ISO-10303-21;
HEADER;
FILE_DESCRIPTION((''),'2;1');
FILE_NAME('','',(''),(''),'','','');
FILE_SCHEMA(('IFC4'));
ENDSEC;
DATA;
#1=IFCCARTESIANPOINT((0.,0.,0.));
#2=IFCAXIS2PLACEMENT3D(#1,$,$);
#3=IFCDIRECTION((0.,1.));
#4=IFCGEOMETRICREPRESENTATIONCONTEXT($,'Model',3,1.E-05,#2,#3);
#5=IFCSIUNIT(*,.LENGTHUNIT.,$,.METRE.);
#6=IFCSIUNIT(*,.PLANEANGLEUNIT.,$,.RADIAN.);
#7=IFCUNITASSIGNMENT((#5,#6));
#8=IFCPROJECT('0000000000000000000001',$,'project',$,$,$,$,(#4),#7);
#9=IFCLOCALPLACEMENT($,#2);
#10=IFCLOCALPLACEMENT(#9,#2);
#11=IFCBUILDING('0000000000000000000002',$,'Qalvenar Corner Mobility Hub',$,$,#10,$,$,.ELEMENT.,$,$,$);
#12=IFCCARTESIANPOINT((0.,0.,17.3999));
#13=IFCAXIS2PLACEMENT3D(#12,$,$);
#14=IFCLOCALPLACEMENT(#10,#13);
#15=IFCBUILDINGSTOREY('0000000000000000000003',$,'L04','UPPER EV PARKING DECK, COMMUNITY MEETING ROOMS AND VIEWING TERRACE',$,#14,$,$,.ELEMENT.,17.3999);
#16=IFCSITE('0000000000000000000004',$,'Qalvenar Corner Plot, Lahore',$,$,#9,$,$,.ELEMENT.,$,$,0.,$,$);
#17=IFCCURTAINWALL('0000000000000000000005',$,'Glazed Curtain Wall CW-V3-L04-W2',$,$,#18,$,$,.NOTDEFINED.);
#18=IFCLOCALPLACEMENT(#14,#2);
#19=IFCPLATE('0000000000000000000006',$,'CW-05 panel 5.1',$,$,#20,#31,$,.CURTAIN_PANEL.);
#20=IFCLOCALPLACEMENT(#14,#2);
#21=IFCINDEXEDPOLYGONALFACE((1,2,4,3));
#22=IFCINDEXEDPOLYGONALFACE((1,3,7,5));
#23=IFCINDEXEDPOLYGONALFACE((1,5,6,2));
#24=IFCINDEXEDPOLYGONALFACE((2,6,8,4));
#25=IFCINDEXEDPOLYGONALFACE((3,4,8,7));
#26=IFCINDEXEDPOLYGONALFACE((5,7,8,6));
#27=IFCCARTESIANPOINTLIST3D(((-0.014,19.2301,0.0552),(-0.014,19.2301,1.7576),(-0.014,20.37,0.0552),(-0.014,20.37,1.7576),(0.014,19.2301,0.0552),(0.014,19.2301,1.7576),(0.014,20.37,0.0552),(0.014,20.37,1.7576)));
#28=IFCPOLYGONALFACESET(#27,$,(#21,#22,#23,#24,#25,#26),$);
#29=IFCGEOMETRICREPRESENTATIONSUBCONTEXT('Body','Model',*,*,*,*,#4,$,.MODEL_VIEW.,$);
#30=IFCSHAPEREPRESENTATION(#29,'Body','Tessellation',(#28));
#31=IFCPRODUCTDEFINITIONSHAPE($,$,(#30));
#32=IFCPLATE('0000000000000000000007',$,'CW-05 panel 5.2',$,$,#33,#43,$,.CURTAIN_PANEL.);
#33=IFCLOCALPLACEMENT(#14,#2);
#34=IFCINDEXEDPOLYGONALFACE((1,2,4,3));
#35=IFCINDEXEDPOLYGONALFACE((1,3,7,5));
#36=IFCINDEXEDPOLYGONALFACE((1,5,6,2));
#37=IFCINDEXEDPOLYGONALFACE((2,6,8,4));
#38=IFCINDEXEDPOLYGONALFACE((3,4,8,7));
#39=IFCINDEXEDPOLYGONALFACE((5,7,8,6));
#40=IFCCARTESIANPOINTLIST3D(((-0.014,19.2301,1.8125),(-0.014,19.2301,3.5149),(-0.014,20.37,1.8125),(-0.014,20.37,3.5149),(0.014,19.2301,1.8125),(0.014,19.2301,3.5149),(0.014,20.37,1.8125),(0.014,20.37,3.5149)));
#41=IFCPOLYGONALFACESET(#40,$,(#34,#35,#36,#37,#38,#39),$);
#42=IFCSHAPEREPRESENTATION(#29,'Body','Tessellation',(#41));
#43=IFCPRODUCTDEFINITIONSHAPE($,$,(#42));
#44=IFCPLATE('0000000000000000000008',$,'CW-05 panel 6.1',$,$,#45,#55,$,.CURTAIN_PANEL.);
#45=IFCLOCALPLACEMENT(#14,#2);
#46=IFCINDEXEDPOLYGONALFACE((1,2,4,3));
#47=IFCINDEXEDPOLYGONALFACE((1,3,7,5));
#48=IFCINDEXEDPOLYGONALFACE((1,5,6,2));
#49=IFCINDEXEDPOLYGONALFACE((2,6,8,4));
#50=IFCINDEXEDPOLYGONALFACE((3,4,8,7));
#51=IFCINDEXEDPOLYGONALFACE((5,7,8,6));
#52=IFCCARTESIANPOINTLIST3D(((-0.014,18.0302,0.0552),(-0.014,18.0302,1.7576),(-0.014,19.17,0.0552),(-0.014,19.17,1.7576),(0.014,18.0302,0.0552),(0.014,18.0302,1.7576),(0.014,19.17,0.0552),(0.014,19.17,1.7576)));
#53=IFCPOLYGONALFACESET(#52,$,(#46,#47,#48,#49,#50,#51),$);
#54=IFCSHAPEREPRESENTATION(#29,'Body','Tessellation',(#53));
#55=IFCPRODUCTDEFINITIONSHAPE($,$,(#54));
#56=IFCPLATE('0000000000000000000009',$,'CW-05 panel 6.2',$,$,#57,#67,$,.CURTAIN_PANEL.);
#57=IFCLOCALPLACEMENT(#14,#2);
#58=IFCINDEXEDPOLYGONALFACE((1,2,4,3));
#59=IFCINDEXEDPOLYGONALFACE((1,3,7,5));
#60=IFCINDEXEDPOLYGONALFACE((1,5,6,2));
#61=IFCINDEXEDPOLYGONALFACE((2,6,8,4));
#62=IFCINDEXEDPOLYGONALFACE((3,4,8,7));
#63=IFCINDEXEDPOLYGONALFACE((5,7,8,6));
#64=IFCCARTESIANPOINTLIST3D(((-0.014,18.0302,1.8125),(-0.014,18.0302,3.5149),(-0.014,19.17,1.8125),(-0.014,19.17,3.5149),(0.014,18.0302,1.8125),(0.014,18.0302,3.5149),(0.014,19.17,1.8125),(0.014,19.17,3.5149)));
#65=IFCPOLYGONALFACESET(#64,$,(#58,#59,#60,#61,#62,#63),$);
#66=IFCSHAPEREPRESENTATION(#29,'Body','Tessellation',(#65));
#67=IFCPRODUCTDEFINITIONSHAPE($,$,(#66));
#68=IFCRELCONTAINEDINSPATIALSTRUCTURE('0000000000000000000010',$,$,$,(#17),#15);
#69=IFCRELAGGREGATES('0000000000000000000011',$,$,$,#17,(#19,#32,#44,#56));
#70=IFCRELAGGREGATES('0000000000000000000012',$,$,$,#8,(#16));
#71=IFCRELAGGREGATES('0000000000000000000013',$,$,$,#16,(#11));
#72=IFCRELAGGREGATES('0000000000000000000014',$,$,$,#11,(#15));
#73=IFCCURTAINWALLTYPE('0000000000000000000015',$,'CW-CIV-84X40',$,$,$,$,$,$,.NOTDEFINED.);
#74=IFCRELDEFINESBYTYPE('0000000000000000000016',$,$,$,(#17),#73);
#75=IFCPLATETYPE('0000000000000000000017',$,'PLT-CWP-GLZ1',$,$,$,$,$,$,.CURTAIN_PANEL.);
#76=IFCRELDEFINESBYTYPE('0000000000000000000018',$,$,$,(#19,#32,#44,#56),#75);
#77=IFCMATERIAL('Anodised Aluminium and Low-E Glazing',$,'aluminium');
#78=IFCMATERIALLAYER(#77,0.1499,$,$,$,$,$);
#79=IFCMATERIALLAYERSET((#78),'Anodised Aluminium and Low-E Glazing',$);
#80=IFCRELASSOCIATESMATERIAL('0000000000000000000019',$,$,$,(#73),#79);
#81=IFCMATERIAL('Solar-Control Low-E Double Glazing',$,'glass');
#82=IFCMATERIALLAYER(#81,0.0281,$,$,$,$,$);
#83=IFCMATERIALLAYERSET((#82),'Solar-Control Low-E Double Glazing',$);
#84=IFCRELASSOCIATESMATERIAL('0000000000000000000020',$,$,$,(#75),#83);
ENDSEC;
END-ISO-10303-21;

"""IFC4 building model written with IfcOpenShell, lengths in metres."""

from ifc_helpers import new_model, si_unit, direction, frame, origin, origin_2d, place, context, subcontext, project, spatial, rectangle, extrude, material, layer, layer_set, type_object, element, aggregate, save


model = new_model("IFC4")

# Units and contexts
model_context = context("Model", 3, precision=1e-05, world=origin(), true_north=direction((0.0, 1.0)))
body_context = subcontext(model_context, "Body", "Model", "MODEL_VIEW")
ifc_project = project(units=[si_unit("LENGTHUNIT", "METRE"), si_unit("PLANEANGLEUNIT", "RADIAN")], contexts=[model_context])

# Site, building, storey
site_placement = place(None, origin())
site = spatial("IfcSite", under=ifc_project, at=site_placement, Name="Qalvenar Corner Plot, Lahore", CompositionType="ELEMENT", RefElevation=0.0)
building_placement = place(site_placement, origin())
building = spatial("IfcBuilding", under=site, at=building_placement, Name="Qalvenar Corner Mobility Hub", CompositionType="ELEMENT")
storey_placement = place(building_placement, frame((0.0, 0.0, 17.3999)))
storey = spatial("IfcBuildingStorey", under=building, at=storey_placement, Name="L04", Description="UPPER EV PARKING DECK, COMMUNITY MEETING ROOMS AND VIEWING TERRACE", CompositionType="ELEMENT", Elevation=17.3999)

# Curtain wall, plates
ifc_material_1 = material(Name="Anodised Aluminium and Low-E Glazing", Category="aluminium")
ifc_layer_1 = layer(ifc_material_1, 0.1499)
ifc_layer_set_1 = layer_set([ifc_layer_1], Name="Anodised Aluminium and Low-E Glazing")
curtain_wall_type = type_object("IfcCurtainWallType", Name="CW-CIV-84X40", PredefinedType="NOTDEFINED", material=ifc_layer_set_1)
curtain_wall_placement = place(storey_placement, origin())
curtain_wall = element("IfcCurtainWall", 1, at=curtain_wall_placement, inside=storey, type_object=curtain_wall_type, Name="Glazed Curtain Wall CW-V3-L04-W2", PredefinedType="NOTDEFINED")
ifc_material_2 = material(Name="Solar-Control Low-E Double Glazing", Category="glass")
ifc_layer_2 = layer(ifc_material_2, 0.0281)
ifc_layer_set_2 = layer_set([ifc_layer_2], Name="Solar-Control Low-E Double Glazing")
plate_type = type_object("IfcPlateType", Name="PLT-CWP-GLZ1", PredefinedType="CURTAIN_PANEL", material=ifc_layer_set_2)
plate_1_placement = place(storey_placement, frame((0.0, 19.8, 0.0552), z_axis=(0.0, 0.0, 1.0), x_axis=(0.0, -1.0, 0.0)))
plate_1 = element("IfcPlate", 2, at=plate_1_placement, type_object=plate_type, Name="CW-05 panel 5.1", PredefinedType="CURTAIN_PANEL", context=body_context, shape_type="SweptSolid", body=[
    extrude(rectangle(XDim=1.1399, YDim=0.0281, at=origin_2d()), origin(), (0.0, 0.0, 1.0), 1.7024),
])
plate_2_placement = place(storey_placement, frame((0.0, 19.8, 1.8125), z_axis=(0.0, 0.0, 1.0), x_axis=(0.0, -1.0, 0.0)))
plate_2 = element("IfcPlate", 3, at=plate_2_placement, type_object=plate_type, Name="CW-05 panel 5.2", PredefinedType="CURTAIN_PANEL", context=body_context, shape_type="SweptSolid", body=[
    extrude(rectangle(XDim=1.1399, YDim=0.0281, at=origin_2d()), origin(), (0.0, 0.0, 1.0), 1.7024),
])
plate_3_placement = place(storey_placement, frame((0.0, 18.6001, 0.0552), z_axis=(0.0, 0.0, 1.0), x_axis=(0.0, -1.0, 0.0)))
plate_3 = element("IfcPlate", 4, at=plate_3_placement, type_object=plate_type, Name="CW-05 panel 6.1", PredefinedType="CURTAIN_PANEL", context=body_context, shape_type="SweptSolid", body=[
    extrude(rectangle(XDim=1.1399, YDim=0.0281, at=origin_2d()), origin(), (0.0, 0.0, 1.0), 1.7024),
])
plate_4_placement = place(storey_placement, frame((0.0, 18.6001, 1.8125), z_axis=(0.0, 0.0, 1.0), x_axis=(0.0, -1.0, 0.0)))
plate_4 = element("IfcPlate", 5, at=plate_4_placement, type_object=plate_type, Name="CW-05 panel 6.2", PredefinedType="CURTAIN_PANEL", context=body_context, shape_type="SweptSolid", body=[
    extrude(rectangle(XDim=1.1399, YDim=0.0281, at=origin_2d()), origin(), (0.0, 0.0, 1.0), 1.7024),
])
aggregate(curtain_wall, [plate_1, plate_2, plate_3, plate_4])

save(model, "model.ifc")
